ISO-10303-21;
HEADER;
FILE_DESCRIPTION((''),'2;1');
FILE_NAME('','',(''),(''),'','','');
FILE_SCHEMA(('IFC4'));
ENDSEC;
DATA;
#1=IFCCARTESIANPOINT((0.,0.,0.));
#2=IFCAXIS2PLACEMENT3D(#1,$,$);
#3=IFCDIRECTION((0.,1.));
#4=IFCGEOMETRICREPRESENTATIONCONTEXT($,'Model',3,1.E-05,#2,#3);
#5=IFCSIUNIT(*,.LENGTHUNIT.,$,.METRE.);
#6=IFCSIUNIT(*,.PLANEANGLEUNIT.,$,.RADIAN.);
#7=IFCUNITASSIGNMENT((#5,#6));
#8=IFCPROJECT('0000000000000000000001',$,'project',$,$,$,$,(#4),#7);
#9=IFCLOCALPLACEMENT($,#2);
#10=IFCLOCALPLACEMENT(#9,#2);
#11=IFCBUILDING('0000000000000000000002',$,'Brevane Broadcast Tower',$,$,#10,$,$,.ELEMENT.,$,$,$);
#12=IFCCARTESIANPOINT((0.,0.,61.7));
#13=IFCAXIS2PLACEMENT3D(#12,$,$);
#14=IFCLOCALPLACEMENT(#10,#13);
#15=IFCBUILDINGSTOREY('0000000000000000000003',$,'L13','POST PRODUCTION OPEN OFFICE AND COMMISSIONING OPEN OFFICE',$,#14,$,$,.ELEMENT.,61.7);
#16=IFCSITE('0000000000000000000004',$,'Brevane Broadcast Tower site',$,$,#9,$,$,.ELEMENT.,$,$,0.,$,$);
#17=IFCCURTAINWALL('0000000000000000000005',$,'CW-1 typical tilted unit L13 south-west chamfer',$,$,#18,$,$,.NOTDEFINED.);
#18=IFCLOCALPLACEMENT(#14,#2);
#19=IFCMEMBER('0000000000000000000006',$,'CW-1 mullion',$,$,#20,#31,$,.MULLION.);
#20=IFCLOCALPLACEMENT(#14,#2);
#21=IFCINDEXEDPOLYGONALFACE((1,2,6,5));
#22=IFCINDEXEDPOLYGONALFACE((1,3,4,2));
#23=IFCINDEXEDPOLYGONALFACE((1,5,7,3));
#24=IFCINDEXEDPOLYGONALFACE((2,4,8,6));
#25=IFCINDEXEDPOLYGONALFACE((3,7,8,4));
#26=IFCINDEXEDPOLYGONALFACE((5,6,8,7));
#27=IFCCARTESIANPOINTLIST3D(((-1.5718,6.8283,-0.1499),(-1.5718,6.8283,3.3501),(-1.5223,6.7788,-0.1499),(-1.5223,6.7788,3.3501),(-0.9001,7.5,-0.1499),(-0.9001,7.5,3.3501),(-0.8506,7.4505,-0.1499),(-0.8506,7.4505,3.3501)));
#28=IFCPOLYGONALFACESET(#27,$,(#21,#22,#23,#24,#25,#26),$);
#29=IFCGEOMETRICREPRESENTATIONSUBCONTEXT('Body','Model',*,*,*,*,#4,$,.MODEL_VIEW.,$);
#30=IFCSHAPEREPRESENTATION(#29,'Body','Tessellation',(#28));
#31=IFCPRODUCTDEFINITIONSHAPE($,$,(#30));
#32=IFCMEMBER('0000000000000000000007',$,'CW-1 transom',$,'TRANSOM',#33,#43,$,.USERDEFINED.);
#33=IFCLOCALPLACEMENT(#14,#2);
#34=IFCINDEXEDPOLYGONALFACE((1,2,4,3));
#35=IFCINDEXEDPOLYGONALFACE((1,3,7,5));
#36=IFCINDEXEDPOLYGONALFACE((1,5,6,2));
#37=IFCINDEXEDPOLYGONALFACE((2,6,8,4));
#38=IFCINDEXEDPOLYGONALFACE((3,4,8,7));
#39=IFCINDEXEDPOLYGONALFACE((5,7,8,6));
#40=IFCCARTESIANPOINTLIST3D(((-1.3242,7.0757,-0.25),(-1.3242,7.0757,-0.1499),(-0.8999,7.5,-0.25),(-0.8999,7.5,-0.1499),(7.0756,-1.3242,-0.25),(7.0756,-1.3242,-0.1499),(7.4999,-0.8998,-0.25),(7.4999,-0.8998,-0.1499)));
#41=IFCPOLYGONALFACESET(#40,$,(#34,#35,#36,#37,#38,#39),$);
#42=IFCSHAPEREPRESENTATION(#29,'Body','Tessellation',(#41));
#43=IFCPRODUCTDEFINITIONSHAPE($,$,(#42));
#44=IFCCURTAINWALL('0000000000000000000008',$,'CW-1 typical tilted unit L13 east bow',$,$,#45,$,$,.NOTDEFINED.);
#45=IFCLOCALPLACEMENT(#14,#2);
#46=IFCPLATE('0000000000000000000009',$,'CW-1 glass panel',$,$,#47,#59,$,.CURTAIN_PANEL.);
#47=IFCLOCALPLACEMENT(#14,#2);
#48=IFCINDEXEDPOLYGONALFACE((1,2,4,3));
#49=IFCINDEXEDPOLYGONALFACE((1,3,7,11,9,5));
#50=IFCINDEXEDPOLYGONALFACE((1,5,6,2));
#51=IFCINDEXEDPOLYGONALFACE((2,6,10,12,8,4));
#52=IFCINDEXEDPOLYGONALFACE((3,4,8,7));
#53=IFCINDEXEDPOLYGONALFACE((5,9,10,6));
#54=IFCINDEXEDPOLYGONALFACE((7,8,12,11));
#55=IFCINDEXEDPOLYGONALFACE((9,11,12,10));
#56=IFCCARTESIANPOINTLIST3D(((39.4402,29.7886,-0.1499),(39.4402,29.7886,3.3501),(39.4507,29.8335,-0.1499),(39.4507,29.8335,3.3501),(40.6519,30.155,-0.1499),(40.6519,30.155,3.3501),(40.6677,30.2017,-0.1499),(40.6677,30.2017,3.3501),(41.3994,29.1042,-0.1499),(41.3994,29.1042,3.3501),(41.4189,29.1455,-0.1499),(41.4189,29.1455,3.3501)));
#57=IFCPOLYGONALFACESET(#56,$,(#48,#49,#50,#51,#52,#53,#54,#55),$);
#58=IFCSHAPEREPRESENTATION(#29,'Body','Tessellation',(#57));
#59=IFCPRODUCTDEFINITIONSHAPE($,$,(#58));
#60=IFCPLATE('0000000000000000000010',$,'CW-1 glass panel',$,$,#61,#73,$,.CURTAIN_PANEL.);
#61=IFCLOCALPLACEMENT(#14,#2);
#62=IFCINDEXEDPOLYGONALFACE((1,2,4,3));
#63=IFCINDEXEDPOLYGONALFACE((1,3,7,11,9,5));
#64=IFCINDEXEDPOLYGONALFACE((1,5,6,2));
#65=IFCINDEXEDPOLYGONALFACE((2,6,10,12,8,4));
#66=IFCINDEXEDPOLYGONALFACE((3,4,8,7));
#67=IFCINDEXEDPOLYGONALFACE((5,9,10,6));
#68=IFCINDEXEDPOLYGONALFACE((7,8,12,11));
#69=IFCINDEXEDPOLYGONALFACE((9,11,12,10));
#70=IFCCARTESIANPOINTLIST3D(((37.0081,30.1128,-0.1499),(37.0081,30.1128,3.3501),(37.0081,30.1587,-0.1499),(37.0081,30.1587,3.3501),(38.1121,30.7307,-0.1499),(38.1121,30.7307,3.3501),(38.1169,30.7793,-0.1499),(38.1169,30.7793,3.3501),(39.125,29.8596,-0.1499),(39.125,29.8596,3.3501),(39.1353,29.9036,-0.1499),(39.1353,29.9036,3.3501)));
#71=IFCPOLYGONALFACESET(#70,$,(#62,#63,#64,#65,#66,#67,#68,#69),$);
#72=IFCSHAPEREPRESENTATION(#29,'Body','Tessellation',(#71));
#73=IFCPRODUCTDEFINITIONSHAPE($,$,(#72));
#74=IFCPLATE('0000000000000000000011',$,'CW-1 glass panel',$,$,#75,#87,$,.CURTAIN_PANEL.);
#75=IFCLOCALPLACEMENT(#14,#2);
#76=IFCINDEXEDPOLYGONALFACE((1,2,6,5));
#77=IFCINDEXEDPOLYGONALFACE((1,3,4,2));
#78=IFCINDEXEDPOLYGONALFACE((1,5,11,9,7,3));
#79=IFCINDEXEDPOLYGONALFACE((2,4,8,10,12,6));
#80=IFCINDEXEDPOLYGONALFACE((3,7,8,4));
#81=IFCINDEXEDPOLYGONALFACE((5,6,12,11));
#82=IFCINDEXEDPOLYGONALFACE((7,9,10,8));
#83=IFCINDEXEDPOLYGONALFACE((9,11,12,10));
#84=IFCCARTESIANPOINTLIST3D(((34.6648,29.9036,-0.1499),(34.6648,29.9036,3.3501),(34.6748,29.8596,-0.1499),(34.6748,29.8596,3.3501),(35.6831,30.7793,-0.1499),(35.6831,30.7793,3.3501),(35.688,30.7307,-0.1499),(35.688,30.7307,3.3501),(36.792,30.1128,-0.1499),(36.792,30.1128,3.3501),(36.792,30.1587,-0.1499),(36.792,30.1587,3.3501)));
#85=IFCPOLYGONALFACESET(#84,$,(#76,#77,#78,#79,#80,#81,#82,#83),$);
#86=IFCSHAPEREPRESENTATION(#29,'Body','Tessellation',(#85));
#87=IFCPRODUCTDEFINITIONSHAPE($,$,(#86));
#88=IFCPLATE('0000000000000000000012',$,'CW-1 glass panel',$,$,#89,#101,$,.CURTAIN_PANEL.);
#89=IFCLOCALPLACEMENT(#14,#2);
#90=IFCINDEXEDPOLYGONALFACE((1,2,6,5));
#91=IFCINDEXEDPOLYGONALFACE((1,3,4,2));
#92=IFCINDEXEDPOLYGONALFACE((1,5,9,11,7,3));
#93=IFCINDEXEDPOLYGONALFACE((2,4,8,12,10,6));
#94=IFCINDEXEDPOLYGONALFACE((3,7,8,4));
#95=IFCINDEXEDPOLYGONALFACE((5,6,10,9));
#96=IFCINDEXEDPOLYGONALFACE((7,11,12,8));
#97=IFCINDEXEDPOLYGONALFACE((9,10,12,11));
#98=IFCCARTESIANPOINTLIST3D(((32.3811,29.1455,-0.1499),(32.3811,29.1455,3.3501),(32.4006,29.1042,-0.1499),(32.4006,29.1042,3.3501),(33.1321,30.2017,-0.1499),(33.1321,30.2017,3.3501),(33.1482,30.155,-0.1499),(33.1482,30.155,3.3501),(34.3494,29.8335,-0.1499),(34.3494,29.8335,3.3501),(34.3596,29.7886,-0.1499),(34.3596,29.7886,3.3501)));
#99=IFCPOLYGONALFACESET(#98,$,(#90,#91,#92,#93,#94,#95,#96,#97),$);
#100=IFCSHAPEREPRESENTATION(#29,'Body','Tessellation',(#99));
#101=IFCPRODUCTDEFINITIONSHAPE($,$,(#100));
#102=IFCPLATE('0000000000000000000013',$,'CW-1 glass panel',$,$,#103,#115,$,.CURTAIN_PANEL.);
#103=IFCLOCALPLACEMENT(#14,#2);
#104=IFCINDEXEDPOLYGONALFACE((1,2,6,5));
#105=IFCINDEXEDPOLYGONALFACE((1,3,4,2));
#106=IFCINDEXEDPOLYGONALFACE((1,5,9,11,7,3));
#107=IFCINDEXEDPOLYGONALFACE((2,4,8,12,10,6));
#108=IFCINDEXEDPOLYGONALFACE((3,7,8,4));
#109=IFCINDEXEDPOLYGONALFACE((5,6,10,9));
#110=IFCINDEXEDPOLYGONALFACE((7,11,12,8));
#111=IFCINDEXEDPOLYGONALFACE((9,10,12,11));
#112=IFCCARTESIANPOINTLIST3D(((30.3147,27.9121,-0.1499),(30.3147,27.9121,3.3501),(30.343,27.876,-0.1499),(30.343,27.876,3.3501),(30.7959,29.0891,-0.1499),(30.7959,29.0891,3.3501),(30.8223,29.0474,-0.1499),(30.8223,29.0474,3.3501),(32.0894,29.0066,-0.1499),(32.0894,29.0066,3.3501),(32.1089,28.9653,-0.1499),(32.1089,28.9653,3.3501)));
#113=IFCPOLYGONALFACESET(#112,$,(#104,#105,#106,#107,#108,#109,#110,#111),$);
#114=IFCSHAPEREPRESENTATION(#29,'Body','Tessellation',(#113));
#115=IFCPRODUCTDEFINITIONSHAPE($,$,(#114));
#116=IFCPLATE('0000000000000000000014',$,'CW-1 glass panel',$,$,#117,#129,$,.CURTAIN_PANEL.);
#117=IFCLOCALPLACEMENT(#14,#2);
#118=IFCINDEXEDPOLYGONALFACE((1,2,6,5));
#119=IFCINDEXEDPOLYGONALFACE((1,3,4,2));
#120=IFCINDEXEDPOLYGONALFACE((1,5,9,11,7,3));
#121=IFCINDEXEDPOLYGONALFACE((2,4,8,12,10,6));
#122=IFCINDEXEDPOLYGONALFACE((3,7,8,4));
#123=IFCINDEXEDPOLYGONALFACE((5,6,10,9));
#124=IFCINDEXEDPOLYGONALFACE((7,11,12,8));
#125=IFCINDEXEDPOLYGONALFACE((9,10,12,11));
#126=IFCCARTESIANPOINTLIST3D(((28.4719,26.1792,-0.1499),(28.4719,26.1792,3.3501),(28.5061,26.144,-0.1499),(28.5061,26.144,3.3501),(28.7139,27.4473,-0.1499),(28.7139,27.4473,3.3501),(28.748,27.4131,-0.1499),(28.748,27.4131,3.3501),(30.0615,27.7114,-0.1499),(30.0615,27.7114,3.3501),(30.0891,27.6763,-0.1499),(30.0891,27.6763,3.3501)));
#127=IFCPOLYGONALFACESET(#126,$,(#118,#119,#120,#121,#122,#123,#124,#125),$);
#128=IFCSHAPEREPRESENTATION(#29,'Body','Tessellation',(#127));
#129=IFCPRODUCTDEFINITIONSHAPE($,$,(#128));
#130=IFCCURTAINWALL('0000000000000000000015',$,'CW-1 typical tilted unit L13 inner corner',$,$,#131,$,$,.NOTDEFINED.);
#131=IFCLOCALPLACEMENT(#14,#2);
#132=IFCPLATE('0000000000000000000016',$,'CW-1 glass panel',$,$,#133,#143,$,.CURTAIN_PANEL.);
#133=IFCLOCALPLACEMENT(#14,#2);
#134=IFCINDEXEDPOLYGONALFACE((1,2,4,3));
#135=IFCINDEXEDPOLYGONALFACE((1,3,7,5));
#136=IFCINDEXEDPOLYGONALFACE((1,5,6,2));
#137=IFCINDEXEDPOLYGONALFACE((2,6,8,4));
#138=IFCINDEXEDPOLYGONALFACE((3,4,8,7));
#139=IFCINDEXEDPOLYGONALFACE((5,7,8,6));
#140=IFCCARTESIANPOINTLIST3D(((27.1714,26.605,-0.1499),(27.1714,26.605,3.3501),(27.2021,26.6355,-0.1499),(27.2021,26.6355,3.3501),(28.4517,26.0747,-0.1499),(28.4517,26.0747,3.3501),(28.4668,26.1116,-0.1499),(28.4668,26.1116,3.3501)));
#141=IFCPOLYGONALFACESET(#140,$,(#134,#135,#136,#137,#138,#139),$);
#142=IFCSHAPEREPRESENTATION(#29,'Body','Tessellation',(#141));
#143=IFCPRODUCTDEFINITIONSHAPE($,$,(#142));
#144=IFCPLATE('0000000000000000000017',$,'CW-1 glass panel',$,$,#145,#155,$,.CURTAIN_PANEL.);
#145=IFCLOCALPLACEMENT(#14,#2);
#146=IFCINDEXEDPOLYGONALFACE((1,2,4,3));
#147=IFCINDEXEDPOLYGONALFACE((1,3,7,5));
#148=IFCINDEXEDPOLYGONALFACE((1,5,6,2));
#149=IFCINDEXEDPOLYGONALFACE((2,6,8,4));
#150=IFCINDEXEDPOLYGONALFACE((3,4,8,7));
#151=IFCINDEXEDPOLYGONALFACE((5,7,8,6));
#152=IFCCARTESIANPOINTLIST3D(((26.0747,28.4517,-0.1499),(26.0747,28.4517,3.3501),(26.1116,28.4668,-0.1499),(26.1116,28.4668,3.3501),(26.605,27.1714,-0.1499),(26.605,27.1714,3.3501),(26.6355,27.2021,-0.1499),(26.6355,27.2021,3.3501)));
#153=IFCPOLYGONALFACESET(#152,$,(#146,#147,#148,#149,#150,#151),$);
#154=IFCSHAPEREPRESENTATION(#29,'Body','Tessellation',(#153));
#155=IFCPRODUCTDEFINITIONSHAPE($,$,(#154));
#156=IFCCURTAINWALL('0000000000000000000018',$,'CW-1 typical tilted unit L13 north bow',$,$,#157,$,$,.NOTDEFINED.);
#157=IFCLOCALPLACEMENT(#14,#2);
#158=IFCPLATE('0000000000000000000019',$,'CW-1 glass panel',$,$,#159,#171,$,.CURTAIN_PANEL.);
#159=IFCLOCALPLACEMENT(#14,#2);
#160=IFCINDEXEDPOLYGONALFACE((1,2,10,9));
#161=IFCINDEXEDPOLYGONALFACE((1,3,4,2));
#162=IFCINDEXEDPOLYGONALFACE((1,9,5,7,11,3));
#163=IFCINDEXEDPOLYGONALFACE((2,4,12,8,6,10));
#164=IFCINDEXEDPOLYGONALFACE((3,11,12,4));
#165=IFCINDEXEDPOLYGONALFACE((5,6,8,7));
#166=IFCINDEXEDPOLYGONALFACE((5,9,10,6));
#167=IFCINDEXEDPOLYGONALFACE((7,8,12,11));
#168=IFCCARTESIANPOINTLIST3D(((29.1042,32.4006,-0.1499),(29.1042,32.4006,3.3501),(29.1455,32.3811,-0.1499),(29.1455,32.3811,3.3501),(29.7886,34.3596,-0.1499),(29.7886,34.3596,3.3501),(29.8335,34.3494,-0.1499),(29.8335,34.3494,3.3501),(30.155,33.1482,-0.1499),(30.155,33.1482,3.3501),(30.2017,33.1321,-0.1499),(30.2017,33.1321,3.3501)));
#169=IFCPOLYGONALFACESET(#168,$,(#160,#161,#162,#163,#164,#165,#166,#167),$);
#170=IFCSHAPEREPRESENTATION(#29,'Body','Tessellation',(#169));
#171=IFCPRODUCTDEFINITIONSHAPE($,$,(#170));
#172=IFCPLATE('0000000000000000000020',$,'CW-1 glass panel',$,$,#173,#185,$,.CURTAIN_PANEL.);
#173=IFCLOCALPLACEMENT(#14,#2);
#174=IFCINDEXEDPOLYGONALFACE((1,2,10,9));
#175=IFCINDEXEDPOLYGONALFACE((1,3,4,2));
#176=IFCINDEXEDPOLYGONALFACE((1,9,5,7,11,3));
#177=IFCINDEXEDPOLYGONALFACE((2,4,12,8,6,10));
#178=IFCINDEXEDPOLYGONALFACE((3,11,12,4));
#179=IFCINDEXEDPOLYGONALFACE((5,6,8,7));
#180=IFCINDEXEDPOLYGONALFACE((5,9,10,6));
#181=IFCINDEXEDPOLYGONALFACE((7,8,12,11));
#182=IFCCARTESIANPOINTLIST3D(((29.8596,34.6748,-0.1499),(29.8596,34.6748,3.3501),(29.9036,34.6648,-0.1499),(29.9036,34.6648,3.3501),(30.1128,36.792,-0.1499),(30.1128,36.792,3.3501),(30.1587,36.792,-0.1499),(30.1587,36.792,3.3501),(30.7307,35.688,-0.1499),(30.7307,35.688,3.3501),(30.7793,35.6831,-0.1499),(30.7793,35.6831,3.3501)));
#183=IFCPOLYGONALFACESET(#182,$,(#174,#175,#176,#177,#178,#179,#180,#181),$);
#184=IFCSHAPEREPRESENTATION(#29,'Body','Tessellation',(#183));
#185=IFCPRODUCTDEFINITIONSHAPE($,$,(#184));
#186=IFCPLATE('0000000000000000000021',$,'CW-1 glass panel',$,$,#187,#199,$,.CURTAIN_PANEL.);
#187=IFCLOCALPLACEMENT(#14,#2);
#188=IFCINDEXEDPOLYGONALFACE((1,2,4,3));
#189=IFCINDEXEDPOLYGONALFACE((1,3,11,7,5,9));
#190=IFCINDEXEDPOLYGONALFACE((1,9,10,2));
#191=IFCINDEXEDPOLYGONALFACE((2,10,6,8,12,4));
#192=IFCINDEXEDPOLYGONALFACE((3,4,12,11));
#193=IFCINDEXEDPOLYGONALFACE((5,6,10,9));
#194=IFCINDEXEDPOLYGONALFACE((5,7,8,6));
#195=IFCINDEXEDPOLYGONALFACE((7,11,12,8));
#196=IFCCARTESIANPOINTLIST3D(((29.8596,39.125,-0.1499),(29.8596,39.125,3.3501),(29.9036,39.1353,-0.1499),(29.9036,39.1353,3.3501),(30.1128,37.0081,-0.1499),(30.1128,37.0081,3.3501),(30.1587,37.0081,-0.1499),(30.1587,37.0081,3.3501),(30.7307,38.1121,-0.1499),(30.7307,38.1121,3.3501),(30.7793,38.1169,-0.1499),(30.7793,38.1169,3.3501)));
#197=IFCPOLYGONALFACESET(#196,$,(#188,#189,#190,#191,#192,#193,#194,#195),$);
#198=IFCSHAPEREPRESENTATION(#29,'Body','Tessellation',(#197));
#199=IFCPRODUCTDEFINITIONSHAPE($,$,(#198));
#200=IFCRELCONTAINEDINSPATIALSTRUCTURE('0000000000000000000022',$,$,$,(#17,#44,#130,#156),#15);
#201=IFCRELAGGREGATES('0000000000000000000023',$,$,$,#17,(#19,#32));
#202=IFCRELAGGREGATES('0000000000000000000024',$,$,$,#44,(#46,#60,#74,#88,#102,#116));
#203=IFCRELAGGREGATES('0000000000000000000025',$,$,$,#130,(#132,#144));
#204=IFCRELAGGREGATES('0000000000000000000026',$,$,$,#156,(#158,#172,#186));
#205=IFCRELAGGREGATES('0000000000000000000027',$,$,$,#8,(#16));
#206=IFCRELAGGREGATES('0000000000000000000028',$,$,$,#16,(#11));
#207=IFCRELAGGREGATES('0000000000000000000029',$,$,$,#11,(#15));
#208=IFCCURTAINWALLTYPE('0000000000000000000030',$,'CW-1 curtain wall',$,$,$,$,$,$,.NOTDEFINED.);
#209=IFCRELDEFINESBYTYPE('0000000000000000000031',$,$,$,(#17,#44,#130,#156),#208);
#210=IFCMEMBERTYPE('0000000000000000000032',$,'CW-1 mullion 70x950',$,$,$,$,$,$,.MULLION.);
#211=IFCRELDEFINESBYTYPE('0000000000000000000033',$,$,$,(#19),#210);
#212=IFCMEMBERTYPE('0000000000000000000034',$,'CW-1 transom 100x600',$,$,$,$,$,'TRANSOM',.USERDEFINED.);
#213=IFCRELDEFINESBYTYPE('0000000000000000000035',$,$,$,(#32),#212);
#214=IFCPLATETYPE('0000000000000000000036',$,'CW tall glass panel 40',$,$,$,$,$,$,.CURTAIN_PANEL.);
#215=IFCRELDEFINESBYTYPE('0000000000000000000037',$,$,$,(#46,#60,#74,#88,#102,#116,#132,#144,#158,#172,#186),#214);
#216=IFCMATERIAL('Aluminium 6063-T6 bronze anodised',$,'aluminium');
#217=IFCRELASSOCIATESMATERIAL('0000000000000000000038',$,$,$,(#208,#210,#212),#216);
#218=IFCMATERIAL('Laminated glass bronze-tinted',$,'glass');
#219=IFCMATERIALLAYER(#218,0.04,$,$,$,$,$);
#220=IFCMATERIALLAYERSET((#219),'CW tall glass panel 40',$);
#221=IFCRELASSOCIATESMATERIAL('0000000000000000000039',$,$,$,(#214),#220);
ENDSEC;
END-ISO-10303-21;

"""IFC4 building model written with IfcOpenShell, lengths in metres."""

from ifc_helpers import new_model, si_unit, direction, frame, origin, origin_2d, place, context, subcontext, project, spatial, polyline, rectangle, outline, extrude, material, layer, layer_set, material_profile, profile_set, type_object, element, aggregate, save


model = new_model("IFC4")

# Units and contexts
model_context = context("Model", 3, precision=1e-05, world=origin(), true_north=direction((0.0, 1.0)))
body_context = subcontext(model_context, "Body", "Model", "MODEL_VIEW")
ifc_project = project(units=[si_unit("LENGTHUNIT", "METRE"), si_unit("PLANEANGLEUNIT", "RADIAN")], contexts=[model_context])

# Site, building, storey
site_placement = place(None, origin())
site = spatial("IfcSite", under=ifc_project, at=site_placement, Name="Brevane Broadcast Tower site", CompositionType="ELEMENT", RefElevation=0.0)
building_placement = place(site_placement, origin())
building = spatial("IfcBuilding", under=site, at=building_placement, Name="Brevane Broadcast Tower", CompositionType="ELEMENT")
storey_placement = place(building_placement, frame((0.0, 0.0, 61.7)))
storey = spatial("IfcBuildingStorey", under=building, at=storey_placement, Name="L13", Description="POST PRODUCTION OPEN OFFICE AND COMMISSIONING OPEN OFFICE", CompositionType="ELEMENT", Elevation=61.7)

# Curtain wall, members
ifc_material_1 = material(Name="Aluminium 6063-T6 bronze anodised", Category="aluminium")
curtain_wall_type = type_object("IfcCurtainWallType", Name="CW-1 curtain wall", PredefinedType="NOTDEFINED", material=ifc_material_1)
curtain_wall_1_placement = place(storey_placement, origin())
curtain_wall_1 = element("IfcCurtainWall", 1, at=curtain_wall_1_placement, inside=storey, type_object=curtain_wall_type, Name="CW-1 typical tilted unit L13 south-west chamfer", PredefinedType="NOTDEFINED")
ifc_material_profile_1 = material_profile(ifc_material_1, rectangle(XDim=0.95, YDim=0.0701, at=origin_2d()), Name="RECT 70x950")
ifc_profile_set_1 = profile_set([ifc_material_profile_1], Name="Aluminium 6063-T6 bronze anodised")
member_type_1 = type_object("IfcMemberType", Name="CW-1 mullion 70x950", PredefinedType="MULLION", material=ifc_profile_set_1)
member_1_placement = place(storey_placement, frame((-1.2112, 7.1394, -0.1499), z_axis=(0.0, 0.0, 1.0), x_axis=(0.707107, 0.707107, 0.0)))
member_1 = element("IfcMember", 2, at=member_1_placement, type_object=member_type_1, Name="CW-1 mullion", PredefinedType="MULLION", context=body_context, shape_type="SweptSolid", body=[
    extrude(rectangle(XDim=0.95, YDim=0.0701, at=origin_2d()), origin(), (0.0, 0.0, 1.0), 3.5),
])
ifc_material_profile_2 = material_profile(ifc_material_1, rectangle(XDim=0.6001, YDim=0.1001, at=origin_2d()), Name="RECT 100x600")
ifc_profile_set_2 = profile_set([ifc_material_profile_2], Name="Aluminium 6063-T6 bronze anodised")
member_type_2 = type_object("IfcMemberType", Name="CW-1 transom 100x600", ElementType="TRANSOM", PredefinedType="USERDEFINED", material=ifc_profile_set_2)
member_2_placement = place(storey_placement, frame((-1.1121, 7.2878, -0.2), z_axis=(0.707107, -0.707107, 0.0), x_axis=(0.707107, 0.707107, 0.0)))
member_2 = element("IfcMember", 3, at=member_2_placement, type_object=member_type_2, Name="CW-1 transom", ObjectType="TRANSOM", PredefinedType="USERDEFINED", context=body_context, shape_type="SweptSolid", body=[
    extrude(rectangle(XDim=0.6001, YDim=0.1001, at=origin_2d()), origin(), (0.0, 0.0, 1.0), 11.8792),
])
aggregate(curtain_wall_1, [member_1, member_2])

# Curtain walls, plates
curtain_wall_2_placement = place(storey_placement, origin())
curtain_wall_2 = element("IfcCurtainWall", 4, at=curtain_wall_2_placement, inside=storey, type_object=curtain_wall_type, Name="CW-1 typical tilted unit L13 east bow", PredefinedType="NOTDEFINED")
ifc_material_2 = material(Name="Laminated glass bronze-tinted", Category="glass")
ifc_layer_1 = layer(ifc_material_2, 0.04)
ifc_layer_set_1 = layer_set([ifc_layer_1], Name="CW tall glass panel 40")
plate_type = type_object("IfcPlateType", Name="CW tall glass panel 40", PredefinedType="CURTAIN_PANEL", material=ifc_layer_set_1)
plate_1_placement = place(storey_placement, frame((0.0, 0.0, -0.1499)))
plate_1 = element("IfcPlate", 5, at=plate_1_placement, type_object=plate_type, Name="CW-1 glass panel", PredefinedType="CURTAIN_PANEL", context=body_context, shape_type="SweptSolid", body=[
    extrude(outline(polyline([(41.3994, 29.1042), (41.4189, 29.1455), (40.6677, 30.2017), (39.4507, 29.8335), (39.4402, 29.7886), (40.6519, 30.155), (41.3994, 29.1042)])), origin(), (0.0, 0.0, 1.0), 3.5),
])
plate_2_placement = place(storey_placement, frame((0.0, 0.0, -0.1499)))
plate_2 = element("IfcPlate", 6, at=plate_2_placement, type_object=plate_type, Name="CW-1 glass panel", PredefinedType="CURTAIN_PANEL", context=body_context, shape_type="SweptSolid", body=[
    extrude(outline(polyline([(39.125, 29.8596), (39.1353, 29.9036), (38.1169, 30.7793), (37.0081, 30.1587), (37.0081, 30.1128), (38.1121, 30.7307), (39.125, 29.8596)])), origin(), (0.0, 0.0, 1.0), 3.5),
])
plate_3_placement = place(storey_placement, frame((0.0, 0.0, -0.1499)))
plate_3 = element("IfcPlate", 7, at=plate_3_placement, type_object=plate_type, Name="CW-1 glass panel", PredefinedType="CURTAIN_PANEL", context=body_context, shape_type="SweptSolid", body=[
    extrude(outline(polyline([(36.792, 30.1128), (36.792, 30.1587), (35.6831, 30.7793), (34.6648, 29.9036), (34.6748, 29.8596), (35.688, 30.7307), (36.792, 30.1128)])), origin(), (0.0, 0.0, 1.0), 3.5),
])
plate_4_placement = place(storey_placement, frame((0.0, 0.0, -0.1499)))
plate_4 = element("IfcPlate", 8, at=plate_4_placement, type_object=plate_type, Name="CW-1 glass panel", PredefinedType="CURTAIN_PANEL", context=body_context, shape_type="SweptSolid", body=[
    extrude(outline(polyline([(34.3596, 29.7886), (34.3494, 29.8335), (33.1321, 30.2017), (32.3811, 29.1455), (32.4006, 29.1042), (33.1482, 30.155), (34.3596, 29.7886)])), origin(), (0.0, 0.0, 1.0), 3.5),
])
plate_5_placement = place(storey_placement, frame((0.0, 0.0, -0.1499)))
plate_5 = element("IfcPlate", 9, at=plate_5_placement, type_object=plate_type, Name="CW-1 glass panel", PredefinedType="CURTAIN_PANEL", context=body_context, shape_type="SweptSolid", body=[
    extrude(outline(polyline([(32.1089, 28.9653), (32.0894, 29.0066), (30.7959, 29.0891), (30.3147, 27.9121), (30.343, 27.876), (30.8223, 29.0474), (32.1089, 28.9653)])), origin(), (0.0, 0.0, 1.0), 3.5),
])
plate_6_placement = place(storey_placement, frame((0.0, 0.0, -0.1499)))
plate_6 = element("IfcPlate", 10, at=plate_6_placement, type_object=plate_type, Name="CW-1 glass panel", PredefinedType="CURTAIN_PANEL", context=body_context, shape_type="SweptSolid", body=[
    extrude(outline(polyline([(30.0891, 27.6763), (30.0615, 27.7114), (28.7139, 27.4473), (28.4719, 26.1792), (28.5061, 26.144), (28.748, 27.4131), (30.0891, 27.6763)])), origin(), (0.0, 0.0, 1.0), 3.5),
])
aggregate(curtain_wall_2, [plate_1, plate_2, plate_3, plate_4, plate_5, plate_6])
curtain_wall_3_placement = place(storey_placement, origin())
curtain_wall_3 = element("IfcCurtainWall", 11, at=curtain_wall_3_placement, inside=storey, type_object=curtain_wall_type, Name="CW-1 typical tilted unit L13 inner corner", PredefinedType="NOTDEFINED")
plate_7_placement = place(storey_placement, frame((0.0, 0.0, -0.1499)))
plate_7 = element("IfcPlate", 12, at=plate_7_placement, type_object=plate_type, Name="CW-1 glass panel", PredefinedType="CURTAIN_PANEL", context=body_context, shape_type="SweptSolid", body=[
    extrude(outline(polyline([(28.4517, 26.0747), (28.4668, 26.1116), (27.2021, 26.6355), (27.1714, 26.605), (28.4517, 26.0747)])), origin(), (0.0, 0.0, 1.0), 3.5),
])
plate_8_placement = place(storey_placement, frame((0.0, 0.0, -0.1499)))
plate_8 = element("IfcPlate", 13, at=plate_8_placement, type_object=plate_type, Name="CW-1 glass panel", PredefinedType="CURTAIN_PANEL", context=body_context, shape_type="SweptSolid", body=[
    extrude(outline(polyline([(26.605, 27.1714), (26.6355, 27.2021), (26.1116, 28.4668), (26.0747, 28.4517), (26.605, 27.1714)])), origin(), (0.0, 0.0, 1.0), 3.5),
])
aggregate(curtain_wall_3, [plate_7, plate_8])
curtain_wall_4_placement = place(storey_placement, origin())
curtain_wall_4 = element("IfcCurtainWall", 14, at=curtain_wall_4_placement, inside=storey, type_object=curtain_wall_type, Name="CW-1 typical tilted unit L13 north bow", PredefinedType="NOTDEFINED")
plate_9_placement = place(storey_placement, frame((0.0, 0.0, -0.1499)))
plate_9 = element("IfcPlate", 15, at=plate_9_placement, type_object=plate_type, Name="CW-1 glass panel", PredefinedType="CURTAIN_PANEL", context=body_context, shape_type="SweptSolid", body=[
    extrude(outline(polyline([(29.1042, 32.4006), (29.1455, 32.3811), (30.2017, 33.1321), (29.8335, 34.3494), (29.7886, 34.3596), (30.155, 33.1482), (29.1042, 32.4006)])), origin(), (0.0, 0.0, 1.0), 3.5),
])
plate_10_placement = place(storey_placement, frame((0.0, 0.0, -0.1499)))
plate_10 = element("IfcPlate", 16, at=plate_10_placement, type_object=plate_type, Name="CW-1 glass panel", PredefinedType="CURTAIN_PANEL", context=body_context, shape_type="SweptSolid", body=[
    extrude(outline(polyline([(29.8596, 34.6748), (29.9036, 34.6648), (30.7793, 35.6831), (30.1587, 36.792), (30.1128, 36.792), (30.7307, 35.688), (29.8596, 34.6748)])), origin(), (0.0, 0.0, 1.0), 3.5),
])
plate_11_placement = place(storey_placement, frame((0.0, 0.0, -0.1499)))
plate_11 = element("IfcPlate", 17, at=plate_11_placement, type_object=plate_type, Name="CW-1 glass panel", PredefinedType="CURTAIN_PANEL", context=body_context, shape_type="SweptSolid", body=[
    extrude(outline(polyline([(30.1128, 37.0081), (30.1587, 37.0081), (30.7793, 38.1169), (29.9036, 39.1353), (29.8596, 39.125), (30.7307, 38.1121), (30.1128, 37.0081)])), origin(), (0.0, 0.0, 1.0), 3.5),
])

aggregate(curtain_wall_4, [plate_9, plate_10, plate_11])

save(model, "model.ifc")
